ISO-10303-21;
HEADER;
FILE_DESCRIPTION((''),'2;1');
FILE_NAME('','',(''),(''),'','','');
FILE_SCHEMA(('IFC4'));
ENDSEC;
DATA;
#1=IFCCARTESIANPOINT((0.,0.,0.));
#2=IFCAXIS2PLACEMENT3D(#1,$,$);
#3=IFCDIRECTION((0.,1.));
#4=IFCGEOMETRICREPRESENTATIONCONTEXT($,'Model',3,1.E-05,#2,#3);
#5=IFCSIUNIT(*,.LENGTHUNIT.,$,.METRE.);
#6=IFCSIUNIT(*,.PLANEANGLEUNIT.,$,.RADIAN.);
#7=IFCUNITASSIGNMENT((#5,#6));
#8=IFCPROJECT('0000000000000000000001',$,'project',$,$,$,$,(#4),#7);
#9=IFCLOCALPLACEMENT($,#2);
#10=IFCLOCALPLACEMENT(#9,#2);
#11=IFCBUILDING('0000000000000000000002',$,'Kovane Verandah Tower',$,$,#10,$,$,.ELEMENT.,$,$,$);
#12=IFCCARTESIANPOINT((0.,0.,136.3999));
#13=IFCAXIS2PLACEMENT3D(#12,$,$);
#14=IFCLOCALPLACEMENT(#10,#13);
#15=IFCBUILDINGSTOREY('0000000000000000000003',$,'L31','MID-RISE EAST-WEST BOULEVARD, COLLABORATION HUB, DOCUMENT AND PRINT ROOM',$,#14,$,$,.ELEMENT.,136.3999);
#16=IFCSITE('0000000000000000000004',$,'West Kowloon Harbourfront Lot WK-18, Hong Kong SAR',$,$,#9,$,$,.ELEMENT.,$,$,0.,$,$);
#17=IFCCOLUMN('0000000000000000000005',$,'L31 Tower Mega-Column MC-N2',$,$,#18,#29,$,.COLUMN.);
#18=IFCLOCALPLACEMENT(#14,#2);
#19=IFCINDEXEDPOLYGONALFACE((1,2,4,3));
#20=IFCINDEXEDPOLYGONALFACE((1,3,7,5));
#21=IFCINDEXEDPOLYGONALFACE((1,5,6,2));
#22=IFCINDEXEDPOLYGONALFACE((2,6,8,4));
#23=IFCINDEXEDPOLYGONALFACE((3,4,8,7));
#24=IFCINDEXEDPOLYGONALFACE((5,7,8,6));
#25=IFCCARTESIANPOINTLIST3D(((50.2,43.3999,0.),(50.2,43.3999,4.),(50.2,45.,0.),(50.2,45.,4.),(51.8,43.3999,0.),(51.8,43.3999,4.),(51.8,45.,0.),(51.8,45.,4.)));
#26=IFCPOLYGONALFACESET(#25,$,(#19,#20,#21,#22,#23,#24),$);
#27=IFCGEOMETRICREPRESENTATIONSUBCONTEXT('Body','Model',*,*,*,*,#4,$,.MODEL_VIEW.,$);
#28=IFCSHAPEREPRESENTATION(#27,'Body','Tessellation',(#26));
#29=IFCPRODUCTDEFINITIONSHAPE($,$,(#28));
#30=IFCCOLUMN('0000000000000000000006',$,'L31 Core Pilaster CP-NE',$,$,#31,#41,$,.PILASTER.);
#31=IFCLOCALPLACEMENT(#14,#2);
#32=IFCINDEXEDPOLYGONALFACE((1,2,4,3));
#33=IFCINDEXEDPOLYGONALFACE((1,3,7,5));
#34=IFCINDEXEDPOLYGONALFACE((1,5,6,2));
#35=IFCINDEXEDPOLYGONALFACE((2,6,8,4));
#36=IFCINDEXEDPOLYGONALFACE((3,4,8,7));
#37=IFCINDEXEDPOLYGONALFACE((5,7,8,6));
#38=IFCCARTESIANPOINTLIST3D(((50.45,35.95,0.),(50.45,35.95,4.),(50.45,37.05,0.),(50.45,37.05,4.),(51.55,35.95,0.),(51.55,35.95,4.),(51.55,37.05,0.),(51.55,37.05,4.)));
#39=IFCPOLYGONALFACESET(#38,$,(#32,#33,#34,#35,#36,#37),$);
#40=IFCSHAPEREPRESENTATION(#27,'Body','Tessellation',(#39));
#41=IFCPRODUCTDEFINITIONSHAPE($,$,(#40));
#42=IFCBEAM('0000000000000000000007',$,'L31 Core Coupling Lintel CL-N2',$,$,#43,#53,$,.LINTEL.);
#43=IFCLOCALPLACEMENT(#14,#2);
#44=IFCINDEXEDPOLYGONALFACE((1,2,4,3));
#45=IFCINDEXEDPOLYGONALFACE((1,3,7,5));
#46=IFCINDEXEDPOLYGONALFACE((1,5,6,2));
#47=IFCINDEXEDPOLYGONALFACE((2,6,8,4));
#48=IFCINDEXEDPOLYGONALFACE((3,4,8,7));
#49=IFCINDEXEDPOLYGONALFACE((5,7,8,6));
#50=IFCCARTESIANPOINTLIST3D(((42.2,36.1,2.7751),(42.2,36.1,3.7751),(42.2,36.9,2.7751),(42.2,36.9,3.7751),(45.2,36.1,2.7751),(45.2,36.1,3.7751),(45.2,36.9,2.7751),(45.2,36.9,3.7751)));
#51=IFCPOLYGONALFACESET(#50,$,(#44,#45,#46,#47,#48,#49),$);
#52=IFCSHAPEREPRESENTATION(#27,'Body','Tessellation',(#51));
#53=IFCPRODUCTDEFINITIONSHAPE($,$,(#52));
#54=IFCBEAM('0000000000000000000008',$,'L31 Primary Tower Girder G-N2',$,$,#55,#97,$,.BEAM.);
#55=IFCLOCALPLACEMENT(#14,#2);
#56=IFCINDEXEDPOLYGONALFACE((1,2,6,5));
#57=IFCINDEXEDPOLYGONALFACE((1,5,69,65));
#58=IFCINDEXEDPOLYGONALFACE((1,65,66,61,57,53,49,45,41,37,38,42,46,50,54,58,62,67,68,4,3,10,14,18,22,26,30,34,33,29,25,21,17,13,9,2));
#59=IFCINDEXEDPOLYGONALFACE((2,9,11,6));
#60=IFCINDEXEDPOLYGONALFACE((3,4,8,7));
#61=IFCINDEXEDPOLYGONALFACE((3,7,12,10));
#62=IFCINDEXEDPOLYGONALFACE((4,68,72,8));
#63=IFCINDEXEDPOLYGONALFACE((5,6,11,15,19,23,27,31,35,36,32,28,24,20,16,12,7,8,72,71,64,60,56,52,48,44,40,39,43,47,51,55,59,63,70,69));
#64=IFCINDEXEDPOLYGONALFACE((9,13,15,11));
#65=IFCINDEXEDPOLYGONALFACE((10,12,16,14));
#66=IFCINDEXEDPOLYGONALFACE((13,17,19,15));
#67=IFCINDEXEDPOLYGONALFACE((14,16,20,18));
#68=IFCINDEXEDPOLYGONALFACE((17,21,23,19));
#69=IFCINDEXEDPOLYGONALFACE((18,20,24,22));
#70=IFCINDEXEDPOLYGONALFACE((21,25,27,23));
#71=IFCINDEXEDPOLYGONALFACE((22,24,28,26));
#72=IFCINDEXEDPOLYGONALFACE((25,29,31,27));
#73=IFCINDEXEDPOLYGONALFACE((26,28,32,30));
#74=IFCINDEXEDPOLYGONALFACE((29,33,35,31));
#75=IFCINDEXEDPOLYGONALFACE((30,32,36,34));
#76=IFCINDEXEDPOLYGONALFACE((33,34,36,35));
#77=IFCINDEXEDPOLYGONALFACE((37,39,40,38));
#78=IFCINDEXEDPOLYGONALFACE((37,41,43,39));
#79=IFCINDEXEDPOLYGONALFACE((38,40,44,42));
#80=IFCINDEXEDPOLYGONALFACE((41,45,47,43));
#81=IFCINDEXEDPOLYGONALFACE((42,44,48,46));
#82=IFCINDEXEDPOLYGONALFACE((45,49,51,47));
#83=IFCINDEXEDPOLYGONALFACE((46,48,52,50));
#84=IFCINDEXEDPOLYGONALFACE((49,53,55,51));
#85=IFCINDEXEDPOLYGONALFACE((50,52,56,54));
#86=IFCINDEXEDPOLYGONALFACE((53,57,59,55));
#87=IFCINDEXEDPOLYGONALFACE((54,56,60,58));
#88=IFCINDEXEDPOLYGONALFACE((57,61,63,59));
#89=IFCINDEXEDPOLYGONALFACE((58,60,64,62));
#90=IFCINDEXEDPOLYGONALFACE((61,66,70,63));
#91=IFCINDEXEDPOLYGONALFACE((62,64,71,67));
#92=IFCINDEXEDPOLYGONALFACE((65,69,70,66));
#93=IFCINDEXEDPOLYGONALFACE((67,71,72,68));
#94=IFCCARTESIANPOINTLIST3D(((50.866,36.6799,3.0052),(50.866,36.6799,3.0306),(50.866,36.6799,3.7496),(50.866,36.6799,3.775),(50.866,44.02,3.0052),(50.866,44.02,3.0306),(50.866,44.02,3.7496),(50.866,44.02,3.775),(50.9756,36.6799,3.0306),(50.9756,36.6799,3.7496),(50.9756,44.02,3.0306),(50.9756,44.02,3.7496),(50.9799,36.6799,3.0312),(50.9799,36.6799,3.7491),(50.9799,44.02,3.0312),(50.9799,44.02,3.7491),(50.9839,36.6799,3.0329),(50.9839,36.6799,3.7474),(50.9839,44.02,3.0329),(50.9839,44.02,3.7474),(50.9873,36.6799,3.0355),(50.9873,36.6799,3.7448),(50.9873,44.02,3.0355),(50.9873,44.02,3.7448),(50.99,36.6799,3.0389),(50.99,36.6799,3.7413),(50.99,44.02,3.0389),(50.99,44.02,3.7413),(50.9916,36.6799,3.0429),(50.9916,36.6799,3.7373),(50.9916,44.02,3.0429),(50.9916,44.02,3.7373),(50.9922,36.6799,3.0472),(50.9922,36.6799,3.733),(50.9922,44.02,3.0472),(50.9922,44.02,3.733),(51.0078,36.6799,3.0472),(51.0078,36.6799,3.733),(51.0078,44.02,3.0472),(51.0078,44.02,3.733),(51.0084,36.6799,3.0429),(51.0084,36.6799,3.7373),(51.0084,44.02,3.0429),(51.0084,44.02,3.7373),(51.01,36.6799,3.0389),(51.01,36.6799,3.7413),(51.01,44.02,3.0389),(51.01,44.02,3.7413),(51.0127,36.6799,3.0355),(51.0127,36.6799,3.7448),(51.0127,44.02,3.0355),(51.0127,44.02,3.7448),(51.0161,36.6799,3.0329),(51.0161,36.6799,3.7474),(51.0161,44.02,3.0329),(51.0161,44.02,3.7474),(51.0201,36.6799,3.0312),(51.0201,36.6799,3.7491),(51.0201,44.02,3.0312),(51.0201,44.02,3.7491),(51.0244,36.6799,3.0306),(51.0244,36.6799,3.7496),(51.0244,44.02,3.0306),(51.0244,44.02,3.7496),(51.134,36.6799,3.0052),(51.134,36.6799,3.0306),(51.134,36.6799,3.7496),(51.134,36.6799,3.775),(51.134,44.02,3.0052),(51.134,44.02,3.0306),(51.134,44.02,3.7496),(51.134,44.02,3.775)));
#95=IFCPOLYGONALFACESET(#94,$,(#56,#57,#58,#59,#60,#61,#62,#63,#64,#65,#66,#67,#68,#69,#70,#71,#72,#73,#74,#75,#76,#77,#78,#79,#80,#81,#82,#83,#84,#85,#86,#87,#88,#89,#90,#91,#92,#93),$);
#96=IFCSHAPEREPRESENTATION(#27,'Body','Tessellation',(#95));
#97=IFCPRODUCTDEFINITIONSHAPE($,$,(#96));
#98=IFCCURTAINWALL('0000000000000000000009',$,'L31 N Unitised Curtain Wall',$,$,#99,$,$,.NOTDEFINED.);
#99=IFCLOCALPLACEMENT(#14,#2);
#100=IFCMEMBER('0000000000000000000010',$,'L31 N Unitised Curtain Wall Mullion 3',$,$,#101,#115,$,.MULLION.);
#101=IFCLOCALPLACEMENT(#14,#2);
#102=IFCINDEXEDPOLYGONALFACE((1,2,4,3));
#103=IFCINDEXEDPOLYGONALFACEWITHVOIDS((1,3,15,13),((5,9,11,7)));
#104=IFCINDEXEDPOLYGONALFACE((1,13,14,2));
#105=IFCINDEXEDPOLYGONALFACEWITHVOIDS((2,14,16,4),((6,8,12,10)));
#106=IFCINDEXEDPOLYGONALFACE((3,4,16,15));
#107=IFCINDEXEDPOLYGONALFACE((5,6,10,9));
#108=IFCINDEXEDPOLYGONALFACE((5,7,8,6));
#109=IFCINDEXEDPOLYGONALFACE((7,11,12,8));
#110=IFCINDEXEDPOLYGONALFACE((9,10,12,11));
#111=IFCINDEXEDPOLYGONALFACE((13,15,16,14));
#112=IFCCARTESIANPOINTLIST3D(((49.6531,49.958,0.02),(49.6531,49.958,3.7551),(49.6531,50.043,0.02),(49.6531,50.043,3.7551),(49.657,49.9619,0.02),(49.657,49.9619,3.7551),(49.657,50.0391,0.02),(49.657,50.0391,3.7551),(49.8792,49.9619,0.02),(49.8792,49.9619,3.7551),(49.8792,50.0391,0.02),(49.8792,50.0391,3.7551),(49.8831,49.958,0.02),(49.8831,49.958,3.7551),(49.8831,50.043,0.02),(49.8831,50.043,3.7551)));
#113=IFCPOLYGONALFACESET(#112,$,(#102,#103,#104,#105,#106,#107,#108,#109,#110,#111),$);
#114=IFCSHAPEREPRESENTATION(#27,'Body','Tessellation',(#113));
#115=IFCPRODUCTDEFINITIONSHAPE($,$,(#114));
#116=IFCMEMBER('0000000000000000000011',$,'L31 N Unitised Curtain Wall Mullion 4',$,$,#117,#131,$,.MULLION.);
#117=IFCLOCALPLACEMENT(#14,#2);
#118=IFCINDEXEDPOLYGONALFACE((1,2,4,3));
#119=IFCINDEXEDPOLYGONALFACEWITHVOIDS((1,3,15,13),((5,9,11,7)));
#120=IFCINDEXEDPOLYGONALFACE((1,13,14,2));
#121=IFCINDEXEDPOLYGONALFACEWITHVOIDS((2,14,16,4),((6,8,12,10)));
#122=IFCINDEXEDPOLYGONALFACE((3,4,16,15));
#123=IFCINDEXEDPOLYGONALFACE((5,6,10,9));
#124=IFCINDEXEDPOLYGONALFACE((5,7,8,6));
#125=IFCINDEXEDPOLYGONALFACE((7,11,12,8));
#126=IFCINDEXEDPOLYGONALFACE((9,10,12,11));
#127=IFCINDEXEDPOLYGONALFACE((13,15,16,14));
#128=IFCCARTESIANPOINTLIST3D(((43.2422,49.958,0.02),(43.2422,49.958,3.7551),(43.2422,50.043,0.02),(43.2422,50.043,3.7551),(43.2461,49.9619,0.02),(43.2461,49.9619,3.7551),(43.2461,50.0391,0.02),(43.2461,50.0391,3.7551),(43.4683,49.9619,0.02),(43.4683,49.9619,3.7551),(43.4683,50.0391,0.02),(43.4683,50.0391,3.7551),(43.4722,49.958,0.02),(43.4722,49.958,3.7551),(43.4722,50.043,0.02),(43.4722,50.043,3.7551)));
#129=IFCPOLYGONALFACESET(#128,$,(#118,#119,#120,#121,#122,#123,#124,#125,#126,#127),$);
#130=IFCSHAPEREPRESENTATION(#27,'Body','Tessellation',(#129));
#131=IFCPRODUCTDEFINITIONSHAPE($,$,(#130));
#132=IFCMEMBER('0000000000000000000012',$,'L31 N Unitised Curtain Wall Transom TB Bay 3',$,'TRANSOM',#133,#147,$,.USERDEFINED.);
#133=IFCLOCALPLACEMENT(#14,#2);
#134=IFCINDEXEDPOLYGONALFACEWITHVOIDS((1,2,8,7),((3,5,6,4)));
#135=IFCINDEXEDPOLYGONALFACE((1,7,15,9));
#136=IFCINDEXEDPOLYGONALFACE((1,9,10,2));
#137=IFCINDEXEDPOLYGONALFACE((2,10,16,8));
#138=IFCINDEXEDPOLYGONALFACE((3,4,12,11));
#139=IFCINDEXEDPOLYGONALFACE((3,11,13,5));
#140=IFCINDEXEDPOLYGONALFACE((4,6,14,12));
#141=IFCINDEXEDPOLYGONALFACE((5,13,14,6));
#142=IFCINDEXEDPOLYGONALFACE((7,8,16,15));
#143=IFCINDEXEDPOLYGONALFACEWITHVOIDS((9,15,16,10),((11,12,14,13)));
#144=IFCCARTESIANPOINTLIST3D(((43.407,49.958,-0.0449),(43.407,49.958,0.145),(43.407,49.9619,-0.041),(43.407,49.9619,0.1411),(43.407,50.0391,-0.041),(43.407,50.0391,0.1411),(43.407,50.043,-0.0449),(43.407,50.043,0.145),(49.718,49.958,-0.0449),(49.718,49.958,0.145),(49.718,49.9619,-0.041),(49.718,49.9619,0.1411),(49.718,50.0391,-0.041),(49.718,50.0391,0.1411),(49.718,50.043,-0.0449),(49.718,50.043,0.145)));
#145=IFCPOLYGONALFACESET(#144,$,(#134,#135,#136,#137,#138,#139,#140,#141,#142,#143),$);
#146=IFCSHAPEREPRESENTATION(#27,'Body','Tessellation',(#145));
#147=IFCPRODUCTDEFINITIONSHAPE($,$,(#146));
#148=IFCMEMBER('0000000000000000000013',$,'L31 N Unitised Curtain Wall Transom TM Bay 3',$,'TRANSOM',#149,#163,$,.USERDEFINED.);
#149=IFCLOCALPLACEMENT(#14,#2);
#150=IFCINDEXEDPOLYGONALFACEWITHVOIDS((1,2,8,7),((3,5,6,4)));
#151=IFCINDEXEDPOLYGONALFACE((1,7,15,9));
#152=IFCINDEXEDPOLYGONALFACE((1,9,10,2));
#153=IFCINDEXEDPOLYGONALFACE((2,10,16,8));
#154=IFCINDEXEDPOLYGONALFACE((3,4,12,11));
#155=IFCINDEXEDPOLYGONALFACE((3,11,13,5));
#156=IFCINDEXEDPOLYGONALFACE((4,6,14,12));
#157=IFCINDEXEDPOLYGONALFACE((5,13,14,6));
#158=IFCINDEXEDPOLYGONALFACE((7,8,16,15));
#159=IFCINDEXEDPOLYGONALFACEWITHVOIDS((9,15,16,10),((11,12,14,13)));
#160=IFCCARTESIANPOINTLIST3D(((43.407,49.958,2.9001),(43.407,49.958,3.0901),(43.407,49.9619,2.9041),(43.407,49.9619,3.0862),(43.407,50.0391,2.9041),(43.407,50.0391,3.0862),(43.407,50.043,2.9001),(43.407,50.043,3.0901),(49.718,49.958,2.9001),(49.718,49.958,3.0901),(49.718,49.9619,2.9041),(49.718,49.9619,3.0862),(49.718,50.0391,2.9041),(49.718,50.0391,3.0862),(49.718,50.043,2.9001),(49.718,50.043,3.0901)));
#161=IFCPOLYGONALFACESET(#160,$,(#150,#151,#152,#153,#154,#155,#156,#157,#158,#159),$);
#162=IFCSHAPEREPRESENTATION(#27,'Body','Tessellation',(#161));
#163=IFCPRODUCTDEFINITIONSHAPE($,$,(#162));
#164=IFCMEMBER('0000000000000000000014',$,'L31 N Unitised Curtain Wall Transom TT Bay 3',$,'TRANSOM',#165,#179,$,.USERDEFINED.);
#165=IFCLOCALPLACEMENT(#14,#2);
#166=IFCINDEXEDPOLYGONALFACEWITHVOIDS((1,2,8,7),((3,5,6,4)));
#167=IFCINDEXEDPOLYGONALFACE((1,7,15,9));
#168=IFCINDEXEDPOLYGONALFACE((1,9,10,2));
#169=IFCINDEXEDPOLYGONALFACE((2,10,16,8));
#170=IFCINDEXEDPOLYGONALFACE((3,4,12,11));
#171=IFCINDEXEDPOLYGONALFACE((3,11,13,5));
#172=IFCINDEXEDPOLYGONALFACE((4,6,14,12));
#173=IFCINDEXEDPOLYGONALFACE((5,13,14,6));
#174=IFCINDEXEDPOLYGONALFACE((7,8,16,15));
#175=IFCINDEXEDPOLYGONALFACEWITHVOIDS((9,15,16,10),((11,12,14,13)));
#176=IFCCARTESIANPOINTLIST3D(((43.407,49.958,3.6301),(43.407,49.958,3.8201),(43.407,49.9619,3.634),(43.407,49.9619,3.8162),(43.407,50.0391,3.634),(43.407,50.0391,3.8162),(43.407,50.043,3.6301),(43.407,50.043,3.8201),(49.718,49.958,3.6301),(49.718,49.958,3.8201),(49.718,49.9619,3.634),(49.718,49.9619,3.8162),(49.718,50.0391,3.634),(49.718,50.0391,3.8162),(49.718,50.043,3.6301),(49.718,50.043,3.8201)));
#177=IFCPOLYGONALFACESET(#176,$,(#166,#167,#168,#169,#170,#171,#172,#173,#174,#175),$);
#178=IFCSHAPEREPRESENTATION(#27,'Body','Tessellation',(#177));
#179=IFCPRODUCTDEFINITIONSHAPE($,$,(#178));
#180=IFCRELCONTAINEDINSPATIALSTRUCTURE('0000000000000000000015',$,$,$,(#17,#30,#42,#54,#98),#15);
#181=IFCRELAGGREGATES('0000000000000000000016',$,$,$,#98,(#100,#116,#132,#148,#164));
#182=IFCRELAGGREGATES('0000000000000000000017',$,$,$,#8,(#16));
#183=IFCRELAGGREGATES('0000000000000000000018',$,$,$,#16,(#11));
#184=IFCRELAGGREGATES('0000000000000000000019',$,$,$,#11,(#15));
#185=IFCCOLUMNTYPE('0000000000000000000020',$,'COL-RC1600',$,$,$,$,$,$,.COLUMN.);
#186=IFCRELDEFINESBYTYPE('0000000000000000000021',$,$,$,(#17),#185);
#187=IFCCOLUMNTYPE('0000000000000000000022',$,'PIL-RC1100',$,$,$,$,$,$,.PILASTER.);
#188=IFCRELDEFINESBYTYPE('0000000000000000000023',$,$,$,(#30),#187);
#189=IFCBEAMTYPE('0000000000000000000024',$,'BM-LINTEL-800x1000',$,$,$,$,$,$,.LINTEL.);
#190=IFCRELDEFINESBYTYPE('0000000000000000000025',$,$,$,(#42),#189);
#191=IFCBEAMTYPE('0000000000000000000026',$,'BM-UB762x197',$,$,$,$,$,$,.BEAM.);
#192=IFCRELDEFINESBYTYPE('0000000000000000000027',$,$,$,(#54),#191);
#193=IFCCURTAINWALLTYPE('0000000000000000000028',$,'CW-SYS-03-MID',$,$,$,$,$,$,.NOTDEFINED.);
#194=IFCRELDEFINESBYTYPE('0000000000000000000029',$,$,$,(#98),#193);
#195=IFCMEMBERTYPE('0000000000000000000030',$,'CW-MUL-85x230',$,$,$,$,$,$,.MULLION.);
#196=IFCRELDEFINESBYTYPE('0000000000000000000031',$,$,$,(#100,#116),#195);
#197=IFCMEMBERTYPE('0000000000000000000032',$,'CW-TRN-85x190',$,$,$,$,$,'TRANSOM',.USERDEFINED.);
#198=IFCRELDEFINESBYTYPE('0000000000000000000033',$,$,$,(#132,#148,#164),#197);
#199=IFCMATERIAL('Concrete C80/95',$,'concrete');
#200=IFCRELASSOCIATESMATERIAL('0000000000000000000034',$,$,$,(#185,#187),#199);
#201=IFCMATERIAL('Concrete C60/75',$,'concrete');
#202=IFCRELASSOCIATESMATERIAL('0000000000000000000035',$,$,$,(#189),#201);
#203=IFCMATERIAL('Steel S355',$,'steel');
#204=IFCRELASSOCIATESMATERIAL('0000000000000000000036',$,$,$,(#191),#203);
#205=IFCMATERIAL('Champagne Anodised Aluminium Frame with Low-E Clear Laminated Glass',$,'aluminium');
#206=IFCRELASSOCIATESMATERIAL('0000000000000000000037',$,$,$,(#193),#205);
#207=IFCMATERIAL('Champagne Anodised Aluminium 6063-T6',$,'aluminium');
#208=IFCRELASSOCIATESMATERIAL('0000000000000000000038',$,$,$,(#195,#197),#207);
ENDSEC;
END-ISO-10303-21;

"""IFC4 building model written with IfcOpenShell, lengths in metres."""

from ifc_helpers import new_model, si_unit, direction, frame, origin, origin_2d, place, context, subcontext, project, spatial, rectangle, hollow_rectangle, i_section, extrude, material, material_profile, profile_set, type_object, element, aggregate, save


model = new_model("IFC4")

# Units and contexts
model_context = context("Model", 3, precision=1e-05, world=origin(), true_north=direction((0.0, 1.0)))
body_context = subcontext(model_context, "Body", "Model", "MODEL_VIEW")
ifc_project = project(units=[si_unit("LENGTHUNIT", "METRE"), si_unit("PLANEANGLEUNIT", "RADIAN")], contexts=[model_context])

# Site, building, storey
site_placement = place(None, origin())
site = spatial("IfcSite", under=ifc_project, at=site_placement, Name="West Kowloon Harbourfront Lot WK-18, Hong Kong SAR", CompositionType="ELEMENT", RefElevation=0.0)
building_placement = place(site_placement, origin())
building = spatial("IfcBuilding", under=site, at=building_placement, Name="Kovane Verandah Tower", CompositionType="ELEMENT")
storey_placement = place(building_placement, frame((0.0, 0.0, 136.3999)))
storey = spatial("IfcBuildingStorey", under=building, at=storey_placement, Name="L31", Description="MID-RISE EAST-WEST BOULEVARD, COLLABORATION HUB, DOCUMENT AND PRINT ROOM", CompositionType="ELEMENT", Elevation=136.3999)

# Columns
ifc_material_1 = material(Name="Concrete C80/95", Category="concrete")
ifc_material_profile_1 = material_profile(ifc_material_1, rectangle(XDim=1.6001, YDim=1.6001, at=origin_2d()), Name="RC1600x1600")
ifc_profile_set_1 = profile_set([ifc_material_profile_1], Name="Concrete C80/95")
column_type_1 = type_object("IfcColumnType", Name="COL-RC1600", PredefinedType="COLUMN", material=ifc_profile_set_1)
column_1_placement = place(storey_placement, frame((51.0, 44.2, 0.0), z_axis=(0.0, 0.0, 1.0), x_axis=(1.0, 0.0, 0.0)))
element("IfcColumn", 1, at=column_1_placement, inside=storey, type_object=column_type_1, Name="L31 Tower Mega-Column MC-N2", PredefinedType="COLUMN", context=body_context, shape_type="SweptSolid", body=[
    extrude(rectangle(XDim=1.6001, YDim=1.6001, at=origin_2d()), origin(), (0.0, 0.0, 1.0), 4.0),
])
ifc_material_profile_2 = material_profile(ifc_material_1, rectangle(XDim=1.1001, YDim=1.1001, at=origin_2d()), Name="RC1100x1100")
ifc_profile_set_2 = profile_set([ifc_material_profile_2], Name="Concrete C80/95")
column_type_2 = type_object("IfcColumnType", Name="PIL-RC1100", PredefinedType="PILASTER", material=ifc_profile_set_2)
column_2_placement = place(storey_placement, frame((51.0, 36.5, 0.0), z_axis=(0.0, 0.0, 1.0), x_axis=(1.0, 0.0, 0.0)))
element("IfcColumn", 2, at=column_2_placement, inside=storey, type_object=column_type_2, Name="L31 Core Pilaster CP-NE", PredefinedType="PILASTER", context=body_context, shape_type="SweptSolid", body=[
    extrude(rectangle(XDim=1.1001, YDim=1.1001, at=origin_2d()), origin(), (0.0, 0.0, 1.0), 4.0),
])

# Beams
ifc_material_2 = material(Name="Concrete C60/75", Category="concrete")
ifc_material_profile_3 = material_profile(ifc_material_2, rectangle(XDim=0.8, YDim=1.0, at=origin_2d()), Name="RCB800x1000")
ifc_profile_set_3 = profile_set([ifc_material_profile_3], Name="Concrete C60/75")
beam_type_1 = type_object("IfcBeamType", Name="BM-LINTEL-800x1000", PredefinedType="LINTEL", material=ifc_profile_set_3)
beam_1_placement = place(storey_placement, frame((42.2, 36.5, 3.2751), z_axis=(1.0, 0.0, 0.0), x_axis=(0.0, 1.0, 0.0)))
element("IfcBeam", 3, at=beam_1_placement, inside=storey, type_object=beam_type_1, Name="L31 Core Coupling Lintel CL-N2", PredefinedType="LINTEL", context=body_context, shape_type="SweptSolid", body=[
    extrude(rectangle(XDim=0.8, YDim=1.0, at=origin_2d()), origin(), (0.0, 0.0, 1.0), 3.0),
])
ifc_material_3 = material(Name="Steel S355", Category="steel")
ifc_material_profile_4 = material_profile(ifc_material_3, i_section(OverallWidth=0.2681, OverallDepth=0.7698, WebThickness=0.0156, FlangeThickness=0.0254, FilletRadius=0.0166, at=origin_2d()), Name="UB762x267x197")
ifc_profile_set_4 = profile_set([ifc_material_profile_4], Name="Steel S355")
beam_type_2 = type_object("IfcBeamType", Name="BM-UB762x197", PredefinedType="BEAM", material=ifc_profile_set_4)
beam_2_placement = place(storey_placement, frame((51.0, 36.6799, 3.3901), z_axis=(0.0, 1.0, 0.0), x_axis=(-1.0, 0.0, 0.0)))
element("IfcBeam", 4, at=beam_2_placement, inside=storey, type_object=beam_type_2, Name="L31 Primary Tower Girder G-N2", PredefinedType="BEAM", context=body_context, shape_type="SweptSolid", body=[
    extrude(i_section(OverallWidth=0.2681, OverallDepth=0.7698, WebThickness=0.0156, FlangeThickness=0.0254, FilletRadius=0.0166, at=origin_2d()), origin(), (0.0, 0.0, 1.0), 7.3401),
])

# Curtain wall, members
ifc_material_4 = material(Name="Champagne Anodised Aluminium Frame with Low-E Clear Laminated Glass", Category="aluminium")
curtain_wall_type = type_object("IfcCurtainWallType", Name="CW-SYS-03-MID", PredefinedType="NOTDEFINED", material=ifc_material_4)
curtain_wall_placement = place(storey_placement, origin())
curtain_wall = element("IfcCurtainWall", 5, at=curtain_wall_placement, inside=storey, type_object=curtain_wall_type, Name="L31 N Unitised Curtain Wall", PredefinedType="NOTDEFINED")
ifc_material_5 = material(Name="Champagne Anodised Aluminium 6063-T6", Category="aluminium")
ifc_material_profile_5 = material_profile(ifc_material_5, hollow_rectangle(XDim=0.085, YDim=0.23, WallThickness=0.0039, at=origin_2d()), Name="AL85x230x4")
ifc_profile_set_5 = profile_set([ifc_material_profile_5], Name="Champagne Anodised Aluminium 6063-T6")
member_type_1 = type_object("IfcMemberType", Name="CW-MUL-85x230", PredefinedType="MULLION", material=ifc_profile_set_5)
member_1_placement = place(storey_placement, frame((49.7681, 50.0005, 0.02), z_axis=(0.0, 0.0, 1.0), x_axis=(0.0, 1.0, 0.0)))
member_1 = element("IfcMember", 6, at=member_1_placement, type_object=member_type_1, Name="L31 N Unitised Curtain Wall Mullion 3", PredefinedType="MULLION", context=body_context, shape_type="SweptSolid", body=[
    extrude(hollow_rectangle(XDim=0.085, YDim=0.23, WallThickness=0.0039, at=origin_2d()), origin(), (0.0, 0.0, 1.0), 3.7351),
])
member_2_placement = place(storey_placement, frame((43.3572, 50.0005, 0.02), z_axis=(0.0, 0.0, 1.0), x_axis=(0.0, 1.0, 0.0)))
member_2 = element("IfcMember", 7, at=member_2_placement, type_object=member_type_1, Name="L31 N Unitised Curtain Wall Mullion 4", PredefinedType="MULLION", context=body_context, shape_type="SweptSolid", body=[
    extrude(hollow_rectangle(XDim=0.085, YDim=0.23, WallThickness=0.0039, at=origin_2d()), origin(), (0.0, 0.0, 1.0), 3.7351),
])
ifc_material_profile_6 = material_profile(ifc_material_5, hollow_rectangle(XDim=0.085, YDim=0.1899, WallThickness=0.0039, at=origin_2d()), Name="AL85x190x4")
ifc_profile_set_6 = profile_set([ifc_material_profile_6], Name="Champagne Anodised Aluminium 6063-T6")
member_type_2 = type_object("IfcMemberType", Name="CW-TRN-85x190", ElementType="TRANSOM", PredefinedType="USERDEFINED", material=ifc_profile_set_6)
member_3_placement = place(storey_placement, frame((49.718, 50.0005, 0.05), z_axis=(-1.0, 0.0, 0.0), x_axis=(0.0, -1.0, 0.0)))
member_3 = element("IfcMember", 8, at=member_3_placement, type_object=member_type_2, Name="L31 N Unitised Curtain Wall Transom TB Bay 3", ObjectType="TRANSOM", PredefinedType="USERDEFINED", context=body_context, shape_type="SweptSolid", body=[
    extrude(hollow_rectangle(XDim=0.085, YDim=0.1899, WallThickness=0.0039, at=origin_2d()), origin(), (0.0, 0.0, 1.0), 6.311),
])
member_4_placement = place(storey_placement, frame((49.718, 50.0005, 2.9951), z_axis=(-1.0, 0.0, 0.0), x_axis=(0.0, -1.0, 0.0)))
member_4 = element("IfcMember", 9, at=member_4_placement, type_object=member_type_2, Name="L31 N Unitised Curtain Wall Transom TM Bay 3", ObjectType="TRANSOM", PredefinedType="USERDEFINED", context=body_context, shape_type="SweptSolid", body=[
    extrude(hollow_rectangle(XDim=0.085, YDim=0.1899, WallThickness=0.0039, at=origin_2d()), origin(), (0.0, 0.0, 1.0), 6.311),
])
member_5_placement = place(storey_placement, frame((49.718, 50.0005, 3.7251), z_axis=(-1.0, 0.0, 0.0), x_axis=(0.0, -1.0, 0.0)))
member_5 = element("IfcMember", 10, at=member_5_placement, type_object=member_type_2, Name="L31 N Unitised Curtain Wall Transom TT Bay 3", ObjectType="TRANSOM", PredefinedType="USERDEFINED", context=body_context, shape_type="SweptSolid", body=[
    extrude(hollow_rectangle(XDim=0.085, YDim=0.1899, WallThickness=0.0039, at=origin_2d()), origin(), (0.0, 0.0, 1.0), 6.311),
])
aggregate(curtain_wall, [member_1, member_2, member_3, member_4, member_5])

save(model, "model.ifc")
